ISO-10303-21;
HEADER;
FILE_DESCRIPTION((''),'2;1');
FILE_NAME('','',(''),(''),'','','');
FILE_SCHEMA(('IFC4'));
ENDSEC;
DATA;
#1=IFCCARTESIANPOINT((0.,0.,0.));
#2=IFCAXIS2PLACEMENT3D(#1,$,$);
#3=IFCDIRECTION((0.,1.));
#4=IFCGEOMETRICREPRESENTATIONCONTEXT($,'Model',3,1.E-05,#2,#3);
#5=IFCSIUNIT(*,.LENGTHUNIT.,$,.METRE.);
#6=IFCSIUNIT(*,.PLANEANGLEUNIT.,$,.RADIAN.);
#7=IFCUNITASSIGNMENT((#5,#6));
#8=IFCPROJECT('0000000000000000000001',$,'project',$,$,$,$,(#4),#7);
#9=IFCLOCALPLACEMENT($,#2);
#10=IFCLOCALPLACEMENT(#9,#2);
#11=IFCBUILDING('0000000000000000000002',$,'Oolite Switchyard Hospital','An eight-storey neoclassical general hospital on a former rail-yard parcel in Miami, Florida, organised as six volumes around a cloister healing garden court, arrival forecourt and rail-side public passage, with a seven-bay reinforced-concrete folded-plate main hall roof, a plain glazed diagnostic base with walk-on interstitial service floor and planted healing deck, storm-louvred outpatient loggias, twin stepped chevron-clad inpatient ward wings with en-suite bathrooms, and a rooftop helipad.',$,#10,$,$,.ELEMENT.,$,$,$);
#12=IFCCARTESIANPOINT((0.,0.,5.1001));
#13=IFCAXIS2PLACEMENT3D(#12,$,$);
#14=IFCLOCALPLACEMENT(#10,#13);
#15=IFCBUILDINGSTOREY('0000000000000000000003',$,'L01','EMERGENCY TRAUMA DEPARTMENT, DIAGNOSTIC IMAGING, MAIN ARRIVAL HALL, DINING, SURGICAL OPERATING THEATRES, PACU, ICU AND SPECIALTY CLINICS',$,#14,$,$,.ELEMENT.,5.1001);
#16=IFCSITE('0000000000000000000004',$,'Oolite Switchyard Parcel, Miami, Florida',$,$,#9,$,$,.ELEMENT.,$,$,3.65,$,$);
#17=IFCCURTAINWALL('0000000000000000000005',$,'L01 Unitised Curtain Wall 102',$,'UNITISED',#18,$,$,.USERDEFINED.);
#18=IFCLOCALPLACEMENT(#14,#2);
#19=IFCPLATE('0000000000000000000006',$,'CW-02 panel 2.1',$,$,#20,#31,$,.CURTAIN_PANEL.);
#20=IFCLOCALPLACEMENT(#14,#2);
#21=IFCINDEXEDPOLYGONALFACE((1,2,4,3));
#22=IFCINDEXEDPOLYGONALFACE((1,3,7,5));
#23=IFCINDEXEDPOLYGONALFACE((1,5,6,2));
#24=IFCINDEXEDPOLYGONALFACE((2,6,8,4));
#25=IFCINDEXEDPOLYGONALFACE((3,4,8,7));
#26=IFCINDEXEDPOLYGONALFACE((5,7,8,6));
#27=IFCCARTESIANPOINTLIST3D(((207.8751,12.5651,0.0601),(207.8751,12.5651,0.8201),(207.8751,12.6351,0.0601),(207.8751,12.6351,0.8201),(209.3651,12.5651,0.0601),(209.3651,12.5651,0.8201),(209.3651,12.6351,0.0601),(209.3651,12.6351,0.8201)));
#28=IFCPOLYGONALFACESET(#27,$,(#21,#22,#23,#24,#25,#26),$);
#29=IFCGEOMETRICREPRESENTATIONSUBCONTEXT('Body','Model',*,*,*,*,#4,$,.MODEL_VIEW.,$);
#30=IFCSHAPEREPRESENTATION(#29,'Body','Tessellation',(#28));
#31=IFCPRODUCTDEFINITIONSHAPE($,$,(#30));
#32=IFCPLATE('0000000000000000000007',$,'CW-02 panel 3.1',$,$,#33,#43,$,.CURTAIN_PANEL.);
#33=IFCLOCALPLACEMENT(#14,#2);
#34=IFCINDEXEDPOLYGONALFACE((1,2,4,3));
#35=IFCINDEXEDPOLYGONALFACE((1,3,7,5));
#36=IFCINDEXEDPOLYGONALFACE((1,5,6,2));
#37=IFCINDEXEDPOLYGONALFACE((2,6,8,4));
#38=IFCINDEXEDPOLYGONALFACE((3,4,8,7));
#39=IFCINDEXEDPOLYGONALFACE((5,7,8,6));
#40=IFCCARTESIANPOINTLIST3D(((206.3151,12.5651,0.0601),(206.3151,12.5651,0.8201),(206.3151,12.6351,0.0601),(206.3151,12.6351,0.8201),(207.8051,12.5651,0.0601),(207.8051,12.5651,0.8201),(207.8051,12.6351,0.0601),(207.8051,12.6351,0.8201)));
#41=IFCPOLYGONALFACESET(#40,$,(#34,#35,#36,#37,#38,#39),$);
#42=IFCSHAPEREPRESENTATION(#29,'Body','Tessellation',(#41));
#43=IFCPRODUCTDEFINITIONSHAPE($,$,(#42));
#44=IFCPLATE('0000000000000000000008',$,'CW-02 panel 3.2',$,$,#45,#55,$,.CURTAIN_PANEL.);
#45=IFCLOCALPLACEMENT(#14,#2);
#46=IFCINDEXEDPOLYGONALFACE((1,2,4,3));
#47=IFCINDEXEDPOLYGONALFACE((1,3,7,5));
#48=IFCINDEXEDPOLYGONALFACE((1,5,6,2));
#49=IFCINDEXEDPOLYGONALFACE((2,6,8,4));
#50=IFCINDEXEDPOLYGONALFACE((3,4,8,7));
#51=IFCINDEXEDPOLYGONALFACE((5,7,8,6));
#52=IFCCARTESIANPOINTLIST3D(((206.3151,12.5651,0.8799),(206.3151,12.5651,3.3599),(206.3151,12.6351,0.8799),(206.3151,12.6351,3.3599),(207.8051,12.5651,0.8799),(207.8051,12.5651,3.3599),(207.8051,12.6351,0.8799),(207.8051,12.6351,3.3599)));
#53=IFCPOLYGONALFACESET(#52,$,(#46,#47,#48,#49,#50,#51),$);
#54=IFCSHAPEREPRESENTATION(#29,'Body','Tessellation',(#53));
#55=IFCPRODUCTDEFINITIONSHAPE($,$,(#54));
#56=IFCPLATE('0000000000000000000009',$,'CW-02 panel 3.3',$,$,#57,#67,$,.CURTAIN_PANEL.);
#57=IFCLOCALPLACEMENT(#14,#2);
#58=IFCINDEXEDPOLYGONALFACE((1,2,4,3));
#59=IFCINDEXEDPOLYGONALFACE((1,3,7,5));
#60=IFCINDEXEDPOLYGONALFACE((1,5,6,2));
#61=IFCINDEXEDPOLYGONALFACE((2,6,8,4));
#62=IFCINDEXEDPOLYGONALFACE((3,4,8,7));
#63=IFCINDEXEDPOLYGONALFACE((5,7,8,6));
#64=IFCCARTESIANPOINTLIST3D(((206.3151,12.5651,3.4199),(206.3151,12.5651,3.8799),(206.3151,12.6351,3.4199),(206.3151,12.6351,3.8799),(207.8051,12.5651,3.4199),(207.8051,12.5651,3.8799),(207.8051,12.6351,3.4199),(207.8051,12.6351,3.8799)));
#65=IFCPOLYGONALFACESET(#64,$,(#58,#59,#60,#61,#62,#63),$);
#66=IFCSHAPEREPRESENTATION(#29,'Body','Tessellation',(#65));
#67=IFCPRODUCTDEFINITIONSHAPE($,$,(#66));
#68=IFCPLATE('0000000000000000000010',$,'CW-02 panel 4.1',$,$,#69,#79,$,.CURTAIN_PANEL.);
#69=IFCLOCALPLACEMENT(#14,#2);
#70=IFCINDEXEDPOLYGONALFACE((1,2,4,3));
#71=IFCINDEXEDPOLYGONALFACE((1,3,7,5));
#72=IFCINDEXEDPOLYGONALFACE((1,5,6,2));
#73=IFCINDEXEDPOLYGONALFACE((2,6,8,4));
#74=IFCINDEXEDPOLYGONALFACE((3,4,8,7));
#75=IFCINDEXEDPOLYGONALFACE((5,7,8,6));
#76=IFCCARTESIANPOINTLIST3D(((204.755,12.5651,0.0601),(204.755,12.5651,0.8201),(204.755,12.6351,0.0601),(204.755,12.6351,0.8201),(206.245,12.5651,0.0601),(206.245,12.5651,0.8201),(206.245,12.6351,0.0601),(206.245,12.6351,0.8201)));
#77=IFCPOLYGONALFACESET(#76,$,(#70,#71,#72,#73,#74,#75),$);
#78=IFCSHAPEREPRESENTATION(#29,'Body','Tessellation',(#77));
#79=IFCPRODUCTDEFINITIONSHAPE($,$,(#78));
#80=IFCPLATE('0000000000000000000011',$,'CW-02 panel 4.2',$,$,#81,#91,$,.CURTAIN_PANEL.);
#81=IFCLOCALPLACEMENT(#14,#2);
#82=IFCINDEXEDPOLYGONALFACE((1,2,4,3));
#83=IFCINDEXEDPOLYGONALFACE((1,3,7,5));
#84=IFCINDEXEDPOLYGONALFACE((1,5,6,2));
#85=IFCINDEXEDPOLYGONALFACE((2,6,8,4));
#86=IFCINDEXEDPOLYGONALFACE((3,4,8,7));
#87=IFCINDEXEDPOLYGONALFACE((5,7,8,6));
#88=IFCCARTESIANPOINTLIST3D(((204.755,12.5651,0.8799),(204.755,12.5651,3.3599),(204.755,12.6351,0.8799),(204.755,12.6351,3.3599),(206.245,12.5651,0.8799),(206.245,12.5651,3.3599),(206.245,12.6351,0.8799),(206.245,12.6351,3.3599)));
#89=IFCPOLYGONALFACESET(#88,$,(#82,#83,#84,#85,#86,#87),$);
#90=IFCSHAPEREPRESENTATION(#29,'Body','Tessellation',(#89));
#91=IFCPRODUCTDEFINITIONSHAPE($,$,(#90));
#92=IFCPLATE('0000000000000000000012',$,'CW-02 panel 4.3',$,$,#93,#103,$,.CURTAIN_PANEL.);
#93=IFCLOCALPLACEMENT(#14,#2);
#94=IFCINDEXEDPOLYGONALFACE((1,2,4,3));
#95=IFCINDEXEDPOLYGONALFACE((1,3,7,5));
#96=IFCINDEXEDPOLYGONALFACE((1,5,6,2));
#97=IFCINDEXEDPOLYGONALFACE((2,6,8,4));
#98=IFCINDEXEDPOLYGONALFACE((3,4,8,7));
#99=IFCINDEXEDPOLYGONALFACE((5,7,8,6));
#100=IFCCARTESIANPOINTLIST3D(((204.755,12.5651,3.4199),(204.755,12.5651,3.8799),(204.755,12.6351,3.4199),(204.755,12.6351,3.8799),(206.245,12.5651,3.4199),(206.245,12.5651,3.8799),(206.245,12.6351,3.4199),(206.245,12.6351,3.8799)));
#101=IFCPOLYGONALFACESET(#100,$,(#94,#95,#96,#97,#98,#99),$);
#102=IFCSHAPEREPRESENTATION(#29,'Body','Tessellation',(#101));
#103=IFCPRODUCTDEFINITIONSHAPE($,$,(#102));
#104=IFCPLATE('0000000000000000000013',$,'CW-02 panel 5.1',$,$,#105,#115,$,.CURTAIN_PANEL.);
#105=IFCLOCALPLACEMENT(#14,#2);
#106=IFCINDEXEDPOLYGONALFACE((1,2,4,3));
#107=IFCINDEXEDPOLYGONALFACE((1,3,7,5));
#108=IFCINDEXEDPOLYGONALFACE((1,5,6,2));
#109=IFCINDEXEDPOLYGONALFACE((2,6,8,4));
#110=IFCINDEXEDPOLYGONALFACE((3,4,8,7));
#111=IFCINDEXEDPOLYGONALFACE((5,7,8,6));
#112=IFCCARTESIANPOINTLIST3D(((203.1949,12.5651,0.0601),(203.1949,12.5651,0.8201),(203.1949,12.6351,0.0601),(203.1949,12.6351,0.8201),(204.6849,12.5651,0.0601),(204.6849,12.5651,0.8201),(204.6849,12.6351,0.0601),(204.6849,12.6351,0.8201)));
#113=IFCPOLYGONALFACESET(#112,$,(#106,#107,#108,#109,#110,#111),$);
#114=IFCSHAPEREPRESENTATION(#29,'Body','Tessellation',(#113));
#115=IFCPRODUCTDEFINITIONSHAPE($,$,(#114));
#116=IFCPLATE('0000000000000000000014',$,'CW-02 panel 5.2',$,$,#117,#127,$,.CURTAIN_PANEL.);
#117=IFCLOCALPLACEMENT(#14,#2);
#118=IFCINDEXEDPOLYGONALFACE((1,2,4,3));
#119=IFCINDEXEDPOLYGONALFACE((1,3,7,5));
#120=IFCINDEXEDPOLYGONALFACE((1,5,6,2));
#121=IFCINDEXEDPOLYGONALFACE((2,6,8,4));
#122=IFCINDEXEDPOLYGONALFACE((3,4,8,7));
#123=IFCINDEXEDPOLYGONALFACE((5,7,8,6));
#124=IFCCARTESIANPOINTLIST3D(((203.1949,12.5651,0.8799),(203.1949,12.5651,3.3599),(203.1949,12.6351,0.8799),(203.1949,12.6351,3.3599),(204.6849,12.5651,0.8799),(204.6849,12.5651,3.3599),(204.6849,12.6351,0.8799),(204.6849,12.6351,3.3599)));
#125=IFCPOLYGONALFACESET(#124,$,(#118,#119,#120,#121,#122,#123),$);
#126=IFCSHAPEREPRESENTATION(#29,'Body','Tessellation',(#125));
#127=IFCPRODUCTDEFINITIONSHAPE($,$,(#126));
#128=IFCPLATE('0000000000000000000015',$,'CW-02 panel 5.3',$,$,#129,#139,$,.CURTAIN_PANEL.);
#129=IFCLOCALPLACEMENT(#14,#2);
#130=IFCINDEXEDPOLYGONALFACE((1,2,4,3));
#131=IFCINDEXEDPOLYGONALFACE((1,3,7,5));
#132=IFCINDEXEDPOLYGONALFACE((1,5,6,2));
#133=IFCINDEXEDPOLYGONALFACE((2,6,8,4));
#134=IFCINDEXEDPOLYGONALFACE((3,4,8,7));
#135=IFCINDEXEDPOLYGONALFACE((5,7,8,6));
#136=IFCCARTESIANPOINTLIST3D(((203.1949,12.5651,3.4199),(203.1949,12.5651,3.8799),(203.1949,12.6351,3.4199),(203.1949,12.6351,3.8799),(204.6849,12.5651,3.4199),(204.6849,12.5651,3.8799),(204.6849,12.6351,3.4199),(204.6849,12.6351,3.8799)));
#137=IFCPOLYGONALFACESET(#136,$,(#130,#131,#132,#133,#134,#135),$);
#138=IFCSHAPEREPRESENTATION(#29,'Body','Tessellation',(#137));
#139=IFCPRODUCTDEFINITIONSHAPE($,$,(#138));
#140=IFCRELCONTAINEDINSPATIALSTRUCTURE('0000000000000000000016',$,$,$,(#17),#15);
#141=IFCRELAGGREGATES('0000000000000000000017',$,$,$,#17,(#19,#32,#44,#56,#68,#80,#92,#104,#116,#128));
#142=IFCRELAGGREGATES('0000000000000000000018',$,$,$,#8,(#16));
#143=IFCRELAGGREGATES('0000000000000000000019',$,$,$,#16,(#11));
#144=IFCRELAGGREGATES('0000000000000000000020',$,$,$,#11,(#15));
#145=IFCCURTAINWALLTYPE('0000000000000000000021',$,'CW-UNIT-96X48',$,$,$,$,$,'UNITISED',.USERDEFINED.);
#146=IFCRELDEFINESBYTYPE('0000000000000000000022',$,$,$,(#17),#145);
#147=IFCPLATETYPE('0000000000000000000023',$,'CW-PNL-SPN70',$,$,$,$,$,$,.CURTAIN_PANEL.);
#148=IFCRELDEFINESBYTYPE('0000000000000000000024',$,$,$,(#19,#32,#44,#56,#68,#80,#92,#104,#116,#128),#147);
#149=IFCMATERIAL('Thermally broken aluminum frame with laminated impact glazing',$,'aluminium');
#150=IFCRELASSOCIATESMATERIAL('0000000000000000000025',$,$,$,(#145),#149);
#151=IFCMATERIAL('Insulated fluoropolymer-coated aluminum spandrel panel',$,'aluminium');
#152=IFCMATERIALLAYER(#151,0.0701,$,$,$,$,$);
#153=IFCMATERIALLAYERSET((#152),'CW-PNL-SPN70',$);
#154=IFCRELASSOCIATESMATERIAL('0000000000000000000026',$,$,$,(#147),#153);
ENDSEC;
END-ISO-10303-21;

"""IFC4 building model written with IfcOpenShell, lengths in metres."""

from ifc_helpers import new_model, si_unit, direction, frame, origin, origin_2d, place, context, subcontext, project, spatial, rectangle, extrude, material, layer, layer_set, type_object, element, aggregate, save


model = new_model("IFC4")

# Units and contexts
model_context = context("Model", 3, precision=1e-05, world=origin(), true_north=direction((0.0, 1.0)))
body_context = subcontext(model_context, "Body", "Model", "MODEL_VIEW")
ifc_project = project(units=[si_unit("LENGTHUNIT", "METRE"), si_unit("PLANEANGLEUNIT", "RADIAN")], contexts=[model_context])

# Site, building, storey
site_placement = place(None, origin())
site = spatial("IfcSite", under=ifc_project, at=site_placement, Name="Oolite Switchyard Parcel, Miami, Florida", CompositionType="ELEMENT", RefElevation=3.65)
building_placement = place(site_placement, origin())
building = spatial("IfcBuilding", under=site, at=building_placement, Name="Oolite Switchyard Hospital", Description="An eight-storey neoclassical general hospital on a former rail-yard parcel in Miami, Florida, organised as six volumes around a cloister healing garden court, arrival forecourt and rail-side public passage, with a seven-bay reinforced-concrete folded-plate main hall roof, a plain glazed diagnostic base with walk-on interstitial service floor and planted healing deck, storm-louvred outpatient loggias, twin stepped chevron-clad inpatient ward wings with en-suite bathrooms, and a rooftop helipad.", CompositionType="ELEMENT")
storey_placement = place(building_placement, frame((0.0, 0.0, 5.1001)))
storey = spatial("IfcBuildingStorey", under=building, at=storey_placement, Name="L01", Description="EMERGENCY TRAUMA DEPARTMENT, DIAGNOSTIC IMAGING, MAIN ARRIVAL HALL, DINING, SURGICAL OPERATING THEATRES, PACU, ICU AND SPECIALTY CLINICS", CompositionType="ELEMENT", Elevation=5.1001)

# Curtain wall, plates
ifc_material_1 = material(Name="Thermally broken aluminum frame with laminated impact glazing", Category="aluminium")
curtain_wall_type = type_object("IfcCurtainWallType", Name="CW-UNIT-96X48", ElementType="UNITISED", PredefinedType="USERDEFINED", material=ifc_material_1)
curtain_wall_placement = place(storey_placement, origin())
curtain_wall = element("IfcCurtainWall", 1, at=curtain_wall_placement, inside=storey, type_object=curtain_wall_type, Name="L01 Unitised Curtain Wall 102", ObjectType="UNITISED", PredefinedType="USERDEFINED")
ifc_material_2 = material(Name="Insulated fluoropolymer-coated aluminum spandrel panel", Category="aluminium")
ifc_layer = layer(ifc_material_2, 0.0701)
ifc_layer_set = layer_set([ifc_layer], Name="CW-PNL-SPN70")
plate_type = type_object("IfcPlateType", Name="CW-PNL-SPN70", PredefinedType="CURTAIN_PANEL", material=ifc_layer_set)
plate_1_placement = place(storey_placement, frame((208.6201, 12.6001, 0.0601), z_axis=(0.0, 0.0, 1.0), x_axis=(-1.0, 0.0, 0.0)))
plate_1 = element("IfcPlate", 2, at=plate_1_placement, type_object=plate_type, Name="CW-02 panel 2.1", PredefinedType="CURTAIN_PANEL", context=body_context, shape_type="SweptSolid", body=[
    extrude(rectangle(XDim=1.49, YDim=0.0701, at=origin_2d()), origin(), (0.0, 0.0, 1.0), 0.76),
])
plate_2_placement = place(storey_placement, frame((207.0601, 12.6001, 0.0601), z_axis=(0.0, 0.0, 1.0), x_axis=(-1.0, 0.0, 0.0)))
plate_2 = element("IfcPlate", 3, at=plate_2_placement, type_object=plate_type, Name="CW-02 panel 3.1", PredefinedType="CURTAIN_PANEL", context=body_context, shape_type="SweptSolid", body=[
    extrude(rectangle(XDim=1.49, YDim=0.0701, at=origin_2d()), origin(), (0.0, 0.0, 1.0), 0.76),
])
plate_3_placement = place(storey_placement, frame((207.0601, 12.6001, 0.8799), z_axis=(0.0, 0.0, 1.0), x_axis=(-1.0, 0.0, 0.0)))
plate_3 = element("IfcPlate", 4, at=plate_3_placement, type_object=plate_type, Name="CW-02 panel 3.2", PredefinedType="CURTAIN_PANEL", context=body_context, shape_type="SweptSolid", body=[
    extrude(rectangle(XDim=1.49, YDim=0.0701, at=origin_2d()), origin(), (0.0, 0.0, 1.0), 2.48),
])
plate_4_placement = place(storey_placement, frame((207.0601, 12.6001, 3.4199), z_axis=(0.0, 0.0, 1.0), x_axis=(-1.0, 0.0, 0.0)))
plate_4 = element("IfcPlate", 5, at=plate_4_placement, type_object=plate_type, Name="CW-02 panel 3.3", PredefinedType="CURTAIN_PANEL", context=body_context, shape_type="SweptSolid", body=[
    extrude(rectangle(XDim=1.49, YDim=0.0701, at=origin_2d()), origin(), (0.0, 0.0, 1.0), 0.46),
])
plate_5_placement = place(storey_placement, frame((205.5, 12.6001, 0.0601), z_axis=(0.0, 0.0, 1.0), x_axis=(-1.0, 0.0, 0.0)))
plate_5 = element("IfcPlate", 6, at=plate_5_placement, type_object=plate_type, Name="CW-02 panel 4.1", PredefinedType="CURTAIN_PANEL", context=body_context, shape_type="SweptSolid", body=[
    extrude(rectangle(XDim=1.49, YDim=0.0701, at=origin_2d()), origin(), (0.0, 0.0, 1.0), 0.76),
])
plate_6_placement = place(storey_placement, frame((205.5, 12.6001, 0.8799), z_axis=(0.0, 0.0, 1.0), x_axis=(-1.0, 0.0, 0.0)))
plate_6 = element("IfcPlate", 7, at=plate_6_placement, type_object=plate_type, Name="CW-02 panel 4.2", PredefinedType="CURTAIN_PANEL", context=body_context, shape_type="SweptSolid", body=[
    extrude(rectangle(XDim=1.49, YDim=0.0701, at=origin_2d()), origin(), (0.0, 0.0, 1.0), 2.48),
])
plate_7_placement = place(storey_placement, frame((205.5, 12.6001, 3.4199), z_axis=(0.0, 0.0, 1.0), x_axis=(-1.0, 0.0, 0.0)))
plate_7 = element("IfcPlate", 8, at=plate_7_placement, type_object=plate_type, Name="CW-02 panel 4.3", PredefinedType="CURTAIN_PANEL", context=body_context, shape_type="SweptSolid", body=[
    extrude(rectangle(XDim=1.49, YDim=0.0701, at=origin_2d()), origin(), (0.0, 0.0, 1.0), 0.46),
])
plate_8_placement = place(storey_placement, frame((203.9399, 12.6001, 0.0601), z_axis=(0.0, 0.0, 1.0), x_axis=(-1.0, 0.0, 0.0)))
plate_8 = element("IfcPlate", 9, at=plate_8_placement, type_object=plate_type, Name="CW-02 panel 5.1", PredefinedType="CURTAIN_PANEL", context=body_context, shape_type="SweptSolid", body=[
    extrude(rectangle(XDim=1.49, YDim=0.0701, at=origin_2d()), origin(), (0.0, 0.0, 1.0), 0.76),
])
plate_9_placement = place(storey_placement, frame((203.9399, 12.6001, 0.8799), z_axis=(0.0, 0.0, 1.0), x_axis=(-1.0, 0.0, 0.0)))
plate_9 = element("IfcPlate", 10, at=plate_9_placement, type_object=plate_type, Name="CW-02 panel 5.2", PredefinedType="CURTAIN_PANEL", context=body_context, shape_type="SweptSolid", body=[
    extrude(rectangle(XDim=1.49, YDim=0.0701, at=origin_2d()), origin(), (0.0, 0.0, 1.0), 2.48),
])
plate_10_placement = place(storey_placement, frame((203.9399, 12.6001, 3.4199), z_axis=(0.0, 0.0, 1.0), x_axis=(-1.0, 0.0, 0.0)))
plate_10 = element("IfcPlate", 11, at=plate_10_placement, type_object=plate_type, Name="CW-02 panel 5.3", PredefinedType="CURTAIN_PANEL", context=body_context, shape_type="SweptSolid", body=[
    extrude(rectangle(XDim=1.49, YDim=0.0701, at=origin_2d()), origin(), (0.0, 0.0, 1.0), 0.46),
])
aggregate(curtain_wall, [plate_1, plate_2, plate_3, plate_4, plate_5, plate_6, plate_7, plate_8, plate_9, plate_10])

save(model, "model.ifc")
